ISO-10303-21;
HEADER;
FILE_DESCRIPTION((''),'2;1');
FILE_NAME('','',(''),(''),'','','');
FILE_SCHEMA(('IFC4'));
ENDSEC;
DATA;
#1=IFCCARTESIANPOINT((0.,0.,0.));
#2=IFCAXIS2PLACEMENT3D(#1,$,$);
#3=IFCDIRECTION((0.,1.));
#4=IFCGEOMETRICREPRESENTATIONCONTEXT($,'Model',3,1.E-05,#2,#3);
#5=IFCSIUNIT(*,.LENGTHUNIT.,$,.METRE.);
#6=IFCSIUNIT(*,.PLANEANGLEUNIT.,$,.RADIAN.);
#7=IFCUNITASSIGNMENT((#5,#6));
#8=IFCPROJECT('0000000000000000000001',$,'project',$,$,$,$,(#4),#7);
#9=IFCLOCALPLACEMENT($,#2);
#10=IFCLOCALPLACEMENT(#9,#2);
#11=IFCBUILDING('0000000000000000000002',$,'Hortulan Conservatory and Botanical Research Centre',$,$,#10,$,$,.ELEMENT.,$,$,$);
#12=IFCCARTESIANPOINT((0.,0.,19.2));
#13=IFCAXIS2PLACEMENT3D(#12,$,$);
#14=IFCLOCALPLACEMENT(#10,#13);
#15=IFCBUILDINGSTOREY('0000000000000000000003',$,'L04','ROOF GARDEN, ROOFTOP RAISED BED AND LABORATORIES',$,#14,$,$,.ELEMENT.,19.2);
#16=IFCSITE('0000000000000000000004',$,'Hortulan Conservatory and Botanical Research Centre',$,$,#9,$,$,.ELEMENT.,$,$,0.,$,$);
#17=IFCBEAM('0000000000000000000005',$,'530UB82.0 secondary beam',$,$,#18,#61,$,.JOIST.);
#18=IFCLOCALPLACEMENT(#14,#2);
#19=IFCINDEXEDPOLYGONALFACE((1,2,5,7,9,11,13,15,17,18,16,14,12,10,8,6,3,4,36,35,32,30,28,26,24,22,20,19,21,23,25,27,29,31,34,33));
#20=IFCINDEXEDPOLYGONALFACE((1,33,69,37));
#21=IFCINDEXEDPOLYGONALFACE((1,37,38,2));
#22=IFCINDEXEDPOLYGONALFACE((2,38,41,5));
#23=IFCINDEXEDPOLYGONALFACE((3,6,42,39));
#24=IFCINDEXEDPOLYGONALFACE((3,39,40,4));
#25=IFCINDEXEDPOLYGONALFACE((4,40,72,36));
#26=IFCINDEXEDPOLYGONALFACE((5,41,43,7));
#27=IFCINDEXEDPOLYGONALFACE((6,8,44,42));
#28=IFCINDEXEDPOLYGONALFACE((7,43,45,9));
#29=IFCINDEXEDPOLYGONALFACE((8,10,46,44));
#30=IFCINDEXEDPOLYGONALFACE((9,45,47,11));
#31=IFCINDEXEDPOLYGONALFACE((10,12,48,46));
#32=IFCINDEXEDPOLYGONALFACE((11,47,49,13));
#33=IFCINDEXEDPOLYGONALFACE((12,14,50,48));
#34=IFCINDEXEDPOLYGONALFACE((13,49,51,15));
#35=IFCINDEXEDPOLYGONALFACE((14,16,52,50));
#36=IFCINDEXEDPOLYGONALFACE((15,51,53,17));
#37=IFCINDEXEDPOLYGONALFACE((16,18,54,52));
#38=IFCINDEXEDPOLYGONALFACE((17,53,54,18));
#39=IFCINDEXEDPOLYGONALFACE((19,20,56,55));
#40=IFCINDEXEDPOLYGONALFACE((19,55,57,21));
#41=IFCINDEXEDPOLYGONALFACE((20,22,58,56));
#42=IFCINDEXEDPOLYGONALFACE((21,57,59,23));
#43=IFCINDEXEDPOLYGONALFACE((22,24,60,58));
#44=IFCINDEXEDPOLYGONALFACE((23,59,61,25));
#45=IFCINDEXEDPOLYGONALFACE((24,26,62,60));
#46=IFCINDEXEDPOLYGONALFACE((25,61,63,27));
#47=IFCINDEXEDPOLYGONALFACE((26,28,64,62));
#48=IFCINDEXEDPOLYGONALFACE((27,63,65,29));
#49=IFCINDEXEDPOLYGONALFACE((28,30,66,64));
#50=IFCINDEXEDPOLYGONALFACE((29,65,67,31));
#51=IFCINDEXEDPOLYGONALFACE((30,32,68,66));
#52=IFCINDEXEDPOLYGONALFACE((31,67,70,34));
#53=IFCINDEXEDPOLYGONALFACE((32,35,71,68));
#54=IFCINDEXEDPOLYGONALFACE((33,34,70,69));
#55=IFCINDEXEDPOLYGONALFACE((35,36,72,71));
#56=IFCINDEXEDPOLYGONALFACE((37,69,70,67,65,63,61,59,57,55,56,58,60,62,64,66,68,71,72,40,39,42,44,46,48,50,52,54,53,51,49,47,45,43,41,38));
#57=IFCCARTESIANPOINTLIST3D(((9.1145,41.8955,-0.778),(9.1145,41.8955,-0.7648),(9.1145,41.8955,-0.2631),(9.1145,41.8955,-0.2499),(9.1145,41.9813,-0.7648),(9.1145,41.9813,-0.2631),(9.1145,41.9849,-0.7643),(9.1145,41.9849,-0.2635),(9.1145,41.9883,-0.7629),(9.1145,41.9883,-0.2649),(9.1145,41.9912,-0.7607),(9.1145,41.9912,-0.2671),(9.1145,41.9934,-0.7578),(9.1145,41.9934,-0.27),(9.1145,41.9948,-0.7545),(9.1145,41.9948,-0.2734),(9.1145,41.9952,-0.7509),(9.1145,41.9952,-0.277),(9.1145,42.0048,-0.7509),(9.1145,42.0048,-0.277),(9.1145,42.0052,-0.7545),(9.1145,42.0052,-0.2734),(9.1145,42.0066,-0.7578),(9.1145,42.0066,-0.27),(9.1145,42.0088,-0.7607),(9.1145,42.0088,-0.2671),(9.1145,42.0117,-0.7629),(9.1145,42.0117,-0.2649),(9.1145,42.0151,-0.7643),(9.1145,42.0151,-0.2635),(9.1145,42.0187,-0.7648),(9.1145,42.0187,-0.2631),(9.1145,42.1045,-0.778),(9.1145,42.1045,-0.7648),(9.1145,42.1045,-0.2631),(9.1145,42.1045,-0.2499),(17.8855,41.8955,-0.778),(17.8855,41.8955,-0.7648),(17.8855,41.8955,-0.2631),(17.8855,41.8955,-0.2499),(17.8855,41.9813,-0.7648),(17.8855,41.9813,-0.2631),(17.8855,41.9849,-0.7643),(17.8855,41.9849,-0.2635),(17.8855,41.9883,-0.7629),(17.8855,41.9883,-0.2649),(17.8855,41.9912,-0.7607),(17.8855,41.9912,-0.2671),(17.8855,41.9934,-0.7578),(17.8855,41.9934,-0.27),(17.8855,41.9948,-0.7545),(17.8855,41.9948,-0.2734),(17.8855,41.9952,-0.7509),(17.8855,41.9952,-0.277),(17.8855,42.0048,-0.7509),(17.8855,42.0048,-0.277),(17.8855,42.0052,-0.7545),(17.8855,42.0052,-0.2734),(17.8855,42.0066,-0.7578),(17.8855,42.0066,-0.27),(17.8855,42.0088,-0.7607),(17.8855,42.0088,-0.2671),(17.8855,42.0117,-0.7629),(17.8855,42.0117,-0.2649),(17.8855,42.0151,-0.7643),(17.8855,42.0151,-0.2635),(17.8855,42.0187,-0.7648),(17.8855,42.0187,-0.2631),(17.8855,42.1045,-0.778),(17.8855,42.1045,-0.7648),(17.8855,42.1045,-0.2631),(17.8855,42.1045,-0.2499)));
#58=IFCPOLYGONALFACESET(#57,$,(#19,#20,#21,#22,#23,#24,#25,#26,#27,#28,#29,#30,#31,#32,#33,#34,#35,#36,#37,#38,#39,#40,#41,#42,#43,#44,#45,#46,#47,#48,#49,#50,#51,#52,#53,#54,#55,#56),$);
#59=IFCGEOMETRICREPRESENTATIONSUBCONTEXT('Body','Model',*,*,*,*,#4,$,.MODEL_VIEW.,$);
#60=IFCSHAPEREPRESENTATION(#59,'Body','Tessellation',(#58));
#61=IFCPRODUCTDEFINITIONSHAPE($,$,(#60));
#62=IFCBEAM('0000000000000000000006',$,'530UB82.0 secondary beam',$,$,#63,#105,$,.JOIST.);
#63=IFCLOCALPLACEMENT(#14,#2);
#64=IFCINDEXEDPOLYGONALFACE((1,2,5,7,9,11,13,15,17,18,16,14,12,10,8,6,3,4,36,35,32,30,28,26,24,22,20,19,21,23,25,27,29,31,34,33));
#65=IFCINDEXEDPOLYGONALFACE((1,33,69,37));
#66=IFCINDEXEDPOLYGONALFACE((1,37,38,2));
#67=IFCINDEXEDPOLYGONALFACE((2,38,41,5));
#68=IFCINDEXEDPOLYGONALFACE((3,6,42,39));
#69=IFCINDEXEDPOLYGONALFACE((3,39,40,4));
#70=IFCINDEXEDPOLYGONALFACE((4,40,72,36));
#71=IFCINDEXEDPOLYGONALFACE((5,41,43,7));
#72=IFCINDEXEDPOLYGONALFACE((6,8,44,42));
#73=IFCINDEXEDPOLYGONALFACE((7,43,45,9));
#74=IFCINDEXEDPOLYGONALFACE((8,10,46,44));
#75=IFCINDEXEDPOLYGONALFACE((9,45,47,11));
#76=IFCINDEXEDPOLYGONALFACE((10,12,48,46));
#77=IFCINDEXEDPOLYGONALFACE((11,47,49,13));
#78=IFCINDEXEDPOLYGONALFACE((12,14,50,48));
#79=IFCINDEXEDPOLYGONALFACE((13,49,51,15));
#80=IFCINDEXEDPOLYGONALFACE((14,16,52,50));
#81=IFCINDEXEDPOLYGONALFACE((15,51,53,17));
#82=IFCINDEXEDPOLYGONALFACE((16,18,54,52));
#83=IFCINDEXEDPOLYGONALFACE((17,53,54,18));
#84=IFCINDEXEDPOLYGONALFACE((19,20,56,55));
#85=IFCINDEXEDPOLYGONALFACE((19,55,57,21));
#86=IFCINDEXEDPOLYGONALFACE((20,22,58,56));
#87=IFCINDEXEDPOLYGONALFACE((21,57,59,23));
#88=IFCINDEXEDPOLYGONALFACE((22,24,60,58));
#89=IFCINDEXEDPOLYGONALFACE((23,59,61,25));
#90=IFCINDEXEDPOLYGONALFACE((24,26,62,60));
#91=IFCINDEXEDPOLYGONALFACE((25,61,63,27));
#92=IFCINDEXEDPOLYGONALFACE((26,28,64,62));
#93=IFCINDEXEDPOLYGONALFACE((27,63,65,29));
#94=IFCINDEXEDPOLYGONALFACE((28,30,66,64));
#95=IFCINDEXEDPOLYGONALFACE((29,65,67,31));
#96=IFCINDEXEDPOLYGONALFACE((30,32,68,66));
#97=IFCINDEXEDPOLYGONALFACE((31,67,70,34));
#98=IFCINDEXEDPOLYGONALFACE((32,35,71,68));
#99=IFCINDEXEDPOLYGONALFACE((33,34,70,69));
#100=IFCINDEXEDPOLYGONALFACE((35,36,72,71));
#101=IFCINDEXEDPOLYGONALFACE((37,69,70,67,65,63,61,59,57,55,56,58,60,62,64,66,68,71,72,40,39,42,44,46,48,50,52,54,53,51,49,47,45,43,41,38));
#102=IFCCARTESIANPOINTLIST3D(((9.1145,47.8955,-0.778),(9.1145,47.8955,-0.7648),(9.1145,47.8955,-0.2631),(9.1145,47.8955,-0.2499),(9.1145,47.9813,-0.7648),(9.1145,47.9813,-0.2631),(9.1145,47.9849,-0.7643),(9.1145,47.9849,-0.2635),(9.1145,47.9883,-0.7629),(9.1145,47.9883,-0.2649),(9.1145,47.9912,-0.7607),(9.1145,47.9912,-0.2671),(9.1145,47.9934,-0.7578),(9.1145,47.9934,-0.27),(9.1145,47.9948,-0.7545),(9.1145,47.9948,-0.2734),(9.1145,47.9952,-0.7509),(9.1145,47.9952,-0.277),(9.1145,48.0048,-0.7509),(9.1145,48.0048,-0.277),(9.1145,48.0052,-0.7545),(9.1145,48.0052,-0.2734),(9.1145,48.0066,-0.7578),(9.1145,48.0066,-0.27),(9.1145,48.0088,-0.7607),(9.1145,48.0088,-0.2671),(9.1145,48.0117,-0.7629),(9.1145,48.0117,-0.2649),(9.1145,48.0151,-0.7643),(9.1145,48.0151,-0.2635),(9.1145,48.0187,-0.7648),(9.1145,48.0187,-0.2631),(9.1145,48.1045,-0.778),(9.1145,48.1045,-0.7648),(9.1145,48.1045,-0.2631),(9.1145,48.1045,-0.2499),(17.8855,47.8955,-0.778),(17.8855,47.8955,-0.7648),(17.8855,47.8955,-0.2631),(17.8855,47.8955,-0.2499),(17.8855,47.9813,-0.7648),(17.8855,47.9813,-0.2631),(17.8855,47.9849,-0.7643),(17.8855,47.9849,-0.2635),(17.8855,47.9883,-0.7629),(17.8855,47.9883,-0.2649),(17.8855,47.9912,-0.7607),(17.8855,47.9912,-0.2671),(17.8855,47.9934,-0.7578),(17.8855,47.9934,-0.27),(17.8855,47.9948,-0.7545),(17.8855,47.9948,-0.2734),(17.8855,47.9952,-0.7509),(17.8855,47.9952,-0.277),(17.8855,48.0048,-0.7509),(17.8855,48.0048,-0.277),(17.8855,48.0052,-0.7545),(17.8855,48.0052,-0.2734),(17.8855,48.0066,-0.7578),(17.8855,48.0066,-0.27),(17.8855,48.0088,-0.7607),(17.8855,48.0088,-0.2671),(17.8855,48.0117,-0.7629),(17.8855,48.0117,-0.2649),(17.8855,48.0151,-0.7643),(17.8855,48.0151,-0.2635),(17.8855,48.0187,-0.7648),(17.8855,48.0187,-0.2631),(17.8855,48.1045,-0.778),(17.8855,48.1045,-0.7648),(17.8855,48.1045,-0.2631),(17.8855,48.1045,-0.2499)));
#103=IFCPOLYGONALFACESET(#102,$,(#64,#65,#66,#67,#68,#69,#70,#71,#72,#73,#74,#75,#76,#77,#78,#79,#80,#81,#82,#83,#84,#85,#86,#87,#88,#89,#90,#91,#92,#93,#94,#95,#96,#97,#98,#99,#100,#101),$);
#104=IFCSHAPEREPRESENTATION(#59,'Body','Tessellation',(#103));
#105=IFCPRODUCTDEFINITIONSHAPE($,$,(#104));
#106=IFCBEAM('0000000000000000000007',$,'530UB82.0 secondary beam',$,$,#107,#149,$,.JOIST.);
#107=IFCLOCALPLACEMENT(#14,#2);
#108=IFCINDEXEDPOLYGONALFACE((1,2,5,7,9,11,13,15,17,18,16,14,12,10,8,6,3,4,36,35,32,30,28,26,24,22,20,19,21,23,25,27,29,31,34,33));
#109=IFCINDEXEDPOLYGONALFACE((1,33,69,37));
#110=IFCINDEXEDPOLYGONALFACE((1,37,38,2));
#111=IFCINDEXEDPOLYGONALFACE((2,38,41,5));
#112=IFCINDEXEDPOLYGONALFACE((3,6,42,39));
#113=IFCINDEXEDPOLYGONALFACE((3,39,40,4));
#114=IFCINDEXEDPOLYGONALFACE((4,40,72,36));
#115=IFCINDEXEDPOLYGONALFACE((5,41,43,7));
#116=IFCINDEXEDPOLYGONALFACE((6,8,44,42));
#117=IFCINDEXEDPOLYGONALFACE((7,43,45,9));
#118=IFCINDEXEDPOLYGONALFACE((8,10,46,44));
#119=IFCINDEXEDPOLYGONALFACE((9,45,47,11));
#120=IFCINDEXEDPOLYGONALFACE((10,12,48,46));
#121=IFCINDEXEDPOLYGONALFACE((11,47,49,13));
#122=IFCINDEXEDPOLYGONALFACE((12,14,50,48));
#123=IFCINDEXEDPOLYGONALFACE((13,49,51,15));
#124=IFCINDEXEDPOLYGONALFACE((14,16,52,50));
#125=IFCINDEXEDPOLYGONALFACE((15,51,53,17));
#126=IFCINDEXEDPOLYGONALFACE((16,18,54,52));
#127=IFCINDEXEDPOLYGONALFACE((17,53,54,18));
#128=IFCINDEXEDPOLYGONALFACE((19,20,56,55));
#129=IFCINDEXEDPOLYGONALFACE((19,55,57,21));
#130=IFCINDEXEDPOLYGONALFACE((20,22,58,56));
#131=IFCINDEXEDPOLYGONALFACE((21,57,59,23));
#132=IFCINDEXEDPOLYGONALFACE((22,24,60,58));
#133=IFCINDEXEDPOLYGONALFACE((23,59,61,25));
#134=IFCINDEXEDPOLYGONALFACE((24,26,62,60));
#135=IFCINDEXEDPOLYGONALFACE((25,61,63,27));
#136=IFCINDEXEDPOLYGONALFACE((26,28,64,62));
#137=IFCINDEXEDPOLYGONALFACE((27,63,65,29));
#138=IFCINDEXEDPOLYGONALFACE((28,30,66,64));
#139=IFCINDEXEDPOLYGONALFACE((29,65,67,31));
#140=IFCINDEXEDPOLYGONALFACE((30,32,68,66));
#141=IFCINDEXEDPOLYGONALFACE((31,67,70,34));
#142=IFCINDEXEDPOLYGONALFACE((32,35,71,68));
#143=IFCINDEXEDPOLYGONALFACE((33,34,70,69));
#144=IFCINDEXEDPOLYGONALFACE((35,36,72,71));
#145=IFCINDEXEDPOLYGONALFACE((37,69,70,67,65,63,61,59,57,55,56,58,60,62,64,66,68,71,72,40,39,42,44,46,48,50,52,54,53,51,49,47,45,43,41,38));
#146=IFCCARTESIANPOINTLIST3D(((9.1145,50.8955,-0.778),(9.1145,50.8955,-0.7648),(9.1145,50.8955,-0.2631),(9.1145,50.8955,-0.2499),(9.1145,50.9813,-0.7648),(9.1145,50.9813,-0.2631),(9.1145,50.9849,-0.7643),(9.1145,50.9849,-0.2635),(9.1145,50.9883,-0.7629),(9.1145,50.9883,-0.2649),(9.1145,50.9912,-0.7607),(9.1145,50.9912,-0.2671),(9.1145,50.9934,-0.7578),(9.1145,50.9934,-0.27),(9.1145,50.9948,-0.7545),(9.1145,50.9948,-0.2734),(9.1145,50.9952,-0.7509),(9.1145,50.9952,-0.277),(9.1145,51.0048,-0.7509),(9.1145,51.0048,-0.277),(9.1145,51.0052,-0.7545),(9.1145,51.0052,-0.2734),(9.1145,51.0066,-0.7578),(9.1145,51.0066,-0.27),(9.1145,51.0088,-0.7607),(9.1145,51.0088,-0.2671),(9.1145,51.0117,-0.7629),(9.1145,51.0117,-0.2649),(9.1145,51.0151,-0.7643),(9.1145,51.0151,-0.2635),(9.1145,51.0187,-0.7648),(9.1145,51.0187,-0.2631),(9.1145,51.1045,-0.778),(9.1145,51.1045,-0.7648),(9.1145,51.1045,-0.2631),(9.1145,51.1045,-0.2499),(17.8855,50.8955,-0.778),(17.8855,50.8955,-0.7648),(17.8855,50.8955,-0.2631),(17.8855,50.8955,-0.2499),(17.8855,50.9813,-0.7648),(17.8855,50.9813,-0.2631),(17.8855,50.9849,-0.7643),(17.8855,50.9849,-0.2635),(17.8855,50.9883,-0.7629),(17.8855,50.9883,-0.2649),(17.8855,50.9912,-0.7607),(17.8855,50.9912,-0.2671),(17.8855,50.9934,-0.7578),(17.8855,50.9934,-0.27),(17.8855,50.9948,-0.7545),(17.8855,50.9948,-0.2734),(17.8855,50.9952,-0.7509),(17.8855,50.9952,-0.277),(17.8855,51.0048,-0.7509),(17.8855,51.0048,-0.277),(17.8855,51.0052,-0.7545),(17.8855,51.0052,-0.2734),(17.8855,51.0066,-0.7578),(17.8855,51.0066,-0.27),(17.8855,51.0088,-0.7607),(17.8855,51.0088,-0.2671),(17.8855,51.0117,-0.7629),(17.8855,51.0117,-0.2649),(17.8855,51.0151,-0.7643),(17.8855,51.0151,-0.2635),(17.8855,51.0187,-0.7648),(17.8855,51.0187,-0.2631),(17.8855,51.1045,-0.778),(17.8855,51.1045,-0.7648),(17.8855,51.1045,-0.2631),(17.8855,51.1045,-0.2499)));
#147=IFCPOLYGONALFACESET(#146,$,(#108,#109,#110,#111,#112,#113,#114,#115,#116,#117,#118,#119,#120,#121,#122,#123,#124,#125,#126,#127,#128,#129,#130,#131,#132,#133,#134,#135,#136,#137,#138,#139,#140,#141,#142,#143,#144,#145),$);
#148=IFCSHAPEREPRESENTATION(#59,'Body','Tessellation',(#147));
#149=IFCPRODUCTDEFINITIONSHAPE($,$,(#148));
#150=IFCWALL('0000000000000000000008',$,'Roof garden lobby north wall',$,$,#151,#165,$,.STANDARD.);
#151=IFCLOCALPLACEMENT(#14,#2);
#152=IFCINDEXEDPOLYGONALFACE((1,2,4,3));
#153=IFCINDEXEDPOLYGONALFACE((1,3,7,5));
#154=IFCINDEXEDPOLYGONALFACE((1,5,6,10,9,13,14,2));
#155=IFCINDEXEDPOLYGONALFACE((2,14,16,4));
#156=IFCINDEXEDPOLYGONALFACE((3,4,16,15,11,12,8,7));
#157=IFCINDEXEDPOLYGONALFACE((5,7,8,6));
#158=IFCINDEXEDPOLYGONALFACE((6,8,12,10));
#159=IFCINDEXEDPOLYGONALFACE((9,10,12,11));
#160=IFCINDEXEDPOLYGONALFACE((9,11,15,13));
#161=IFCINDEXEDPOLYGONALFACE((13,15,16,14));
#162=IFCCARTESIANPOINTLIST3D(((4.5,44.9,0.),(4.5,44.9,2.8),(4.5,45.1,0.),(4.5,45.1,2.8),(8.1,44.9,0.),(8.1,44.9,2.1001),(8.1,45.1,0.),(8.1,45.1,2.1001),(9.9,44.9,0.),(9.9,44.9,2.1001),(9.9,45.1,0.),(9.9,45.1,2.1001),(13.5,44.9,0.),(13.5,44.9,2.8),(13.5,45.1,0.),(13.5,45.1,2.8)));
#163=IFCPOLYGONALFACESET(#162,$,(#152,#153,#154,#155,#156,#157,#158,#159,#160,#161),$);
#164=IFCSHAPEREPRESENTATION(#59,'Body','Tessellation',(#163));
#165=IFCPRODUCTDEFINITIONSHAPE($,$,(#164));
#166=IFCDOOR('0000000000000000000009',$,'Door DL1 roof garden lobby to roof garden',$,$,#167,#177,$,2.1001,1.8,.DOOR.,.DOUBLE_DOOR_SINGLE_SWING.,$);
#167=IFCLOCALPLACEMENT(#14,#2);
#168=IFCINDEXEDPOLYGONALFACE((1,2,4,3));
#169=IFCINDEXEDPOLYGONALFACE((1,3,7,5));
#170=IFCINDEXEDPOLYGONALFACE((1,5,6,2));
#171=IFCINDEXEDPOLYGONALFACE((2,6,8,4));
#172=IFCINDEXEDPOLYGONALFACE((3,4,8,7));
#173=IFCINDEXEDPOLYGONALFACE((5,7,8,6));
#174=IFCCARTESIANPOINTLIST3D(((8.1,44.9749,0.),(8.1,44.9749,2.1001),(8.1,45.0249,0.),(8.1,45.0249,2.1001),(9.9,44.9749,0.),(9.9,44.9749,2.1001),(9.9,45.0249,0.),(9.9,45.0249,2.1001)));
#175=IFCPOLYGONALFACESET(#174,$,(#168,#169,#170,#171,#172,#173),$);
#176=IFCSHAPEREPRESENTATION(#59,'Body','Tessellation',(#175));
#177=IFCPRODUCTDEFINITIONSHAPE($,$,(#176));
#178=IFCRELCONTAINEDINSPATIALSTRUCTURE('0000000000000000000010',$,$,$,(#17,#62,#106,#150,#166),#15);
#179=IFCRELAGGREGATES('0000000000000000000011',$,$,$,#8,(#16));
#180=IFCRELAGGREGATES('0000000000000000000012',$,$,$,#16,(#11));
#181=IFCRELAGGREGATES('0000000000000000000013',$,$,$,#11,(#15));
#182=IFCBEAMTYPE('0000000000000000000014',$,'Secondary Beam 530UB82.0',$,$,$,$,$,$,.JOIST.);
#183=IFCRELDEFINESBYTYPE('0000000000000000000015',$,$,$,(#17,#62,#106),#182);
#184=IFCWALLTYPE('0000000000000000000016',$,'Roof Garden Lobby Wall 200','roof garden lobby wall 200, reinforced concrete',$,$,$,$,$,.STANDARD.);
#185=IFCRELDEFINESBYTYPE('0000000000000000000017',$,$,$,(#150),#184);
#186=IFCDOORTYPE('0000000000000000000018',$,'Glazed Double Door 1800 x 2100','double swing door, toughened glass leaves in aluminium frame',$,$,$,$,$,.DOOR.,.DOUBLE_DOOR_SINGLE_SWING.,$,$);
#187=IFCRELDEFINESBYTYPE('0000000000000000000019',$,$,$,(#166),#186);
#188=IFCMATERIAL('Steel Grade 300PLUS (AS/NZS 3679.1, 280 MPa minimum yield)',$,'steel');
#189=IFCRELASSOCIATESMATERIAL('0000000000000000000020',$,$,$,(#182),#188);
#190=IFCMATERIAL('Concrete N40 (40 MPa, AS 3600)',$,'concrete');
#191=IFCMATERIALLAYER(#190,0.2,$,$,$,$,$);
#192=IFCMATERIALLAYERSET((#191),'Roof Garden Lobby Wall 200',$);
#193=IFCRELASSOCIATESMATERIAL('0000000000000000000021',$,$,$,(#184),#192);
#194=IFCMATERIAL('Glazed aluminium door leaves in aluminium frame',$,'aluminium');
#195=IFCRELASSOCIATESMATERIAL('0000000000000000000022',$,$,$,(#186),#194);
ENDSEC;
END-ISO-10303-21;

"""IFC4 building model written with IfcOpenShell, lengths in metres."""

from ifc_helpers import new_model, si_unit, direction, frame, frame_2d, origin, origin_2d, place, context, subcontext, project, spatial, rectangle, i_section, extrude, material, layer, layer_set, material_profile, profile_set, type_object, element, fill, save


model = new_model("IFC4")

# Units and contexts
model_context = context("Model", 3, precision=1e-05, world=origin(), true_north=direction((0.0, 1.0)))
body_context = subcontext(model_context, "Body", "Model", "MODEL_VIEW")
ifc_project = project(units=[si_unit("LENGTHUNIT", "METRE"), si_unit("PLANEANGLEUNIT", "RADIAN")], contexts=[model_context])

# Site, building, storey
site_placement = place(None, origin())
site = spatial("IfcSite", under=ifc_project, at=site_placement, Name="Hortulan Conservatory and Botanical Research Centre", CompositionType="ELEMENT", RefElevation=0.0)
building_placement = place(site_placement, origin())
building = spatial("IfcBuilding", under=site, at=building_placement, Name="Hortulan Conservatory and Botanical Research Centre", CompositionType="ELEMENT")
storey_placement = place(building_placement, frame((0.0, 0.0, 19.2)))
storey = spatial("IfcBuildingStorey", under=building, at=storey_placement, Name="L04", Description="ROOF GARDEN, ROOFTOP RAISED BED AND LABORATORIES", CompositionType="ELEMENT", Elevation=19.2)

# Beams
ifc_material_1 = material(Name="Steel Grade 300PLUS (AS/NZS 3679.1, 280 MPa minimum yield)", Category="steel")
ifc_material_profile_1 = material_profile(ifc_material_1, i_section(OverallWidth=0.209, OverallDepth=0.5281, WebThickness=0.0095, FlangeThickness=0.0132, FilletRadius=0.0139, at=origin_2d()), Name="530UB82.0")
ifc_profile_set_1 = profile_set([ifc_material_profile_1], Name="Steel Grade 300PLUS (AS/NZS 3679.1, 280 MPa minimum yield)")
beam_type_1 = type_object("IfcBeamType", Name="Secondary Beam 530UB82.0", PredefinedType="JOIST", material=ifc_profile_set_1)
for number, where, z_axis, x_axis, name in (
    (1, (9.1145, 42.0, -0.5139), (1.0, 0.0, 0.0), (0.0, 1.0, 0.0), "530UB82.0 secondary beam"),
    (2, (9.1145, 48.0, -0.5139), (1.0, 0.0, 0.0), (0.0, 1.0, 0.0), "530UB82.0 secondary beam"),
    (3, (9.1145, 51.0, -0.5139), (1.0, 0.0, 0.0), (0.0, 1.0, 0.0), "530UB82.0 secondary beam"),
):
    element("IfcBeam", number, at=place(storey_placement, frame(where, z_axis=z_axis, x_axis=x_axis)), inside=storey, type_object=beam_type_1, Name=name, PredefinedType="JOIST", context=body_context, shape_type="SweptSolid", body=[
        extrude(i_section(OverallWidth=0.209, OverallDepth=0.5281, WebThickness=0.0095, FlangeThickness=0.0132, FilletRadius=0.0139, at=origin_2d()), origin(), (0.0, 0.0, 1.0), 8.771),
    ])

# Wall, opening, door
ifc_material_2 = material(Name="Concrete N40 (40 MPa, AS 3600)", Category="concrete")
ifc_layer_1 = layer(ifc_material_2, 0.2)
ifc_layer_set_1 = layer_set([ifc_layer_1], Name="Roof Garden Lobby Wall 200")
wall_type_1 = type_object("IfcWallType", Name="Roof Garden Lobby Wall 200", Description="roof garden lobby wall 200, reinforced concrete", PredefinedType="STANDARD", material=ifc_layer_set_1)
wall_1_placement = place(storey_placement, frame((4.5, 45.0, 0.0), z_axis=(0.0, 0.0, 1.0), x_axis=(1.0, 0.0, 0.0)))
wall_1 = element("IfcWall", 4, at=wall_1_placement, inside=storey, type_object=wall_type_1, Name="Roof garden lobby north wall", PredefinedType="STANDARD", context=body_context, shape_type="SweptSolid", body=[
    extrude(rectangle(XDim=9.0, YDim=0.2, at=frame_2d((4.5, 0.0))), origin(), (0.0, 0.0, 1.0), 2.8),
])
opening_1_placement = place(wall_1_placement, frame((3.6001, 0.0, 0.0)))
opening_1 = element("IfcOpeningElement", 5, at=opening_1_placement, cuts=wall_1, PredefinedType="OPENING", context=body_context, shape_type="SweptSolid", body=[
    extrude(rectangle(XDim=1.8, YDim=2.1001, at=frame_2d((0.8999, 1.05))), frame((0.0, 0.1099, 0.0), z_axis=(0.0, -1.0, 0.0), x_axis=(1.0, 0.0, 0.0)), (0.0, 0.0, 1.0), 0.22),
])
ifc_material_3 = material(Name="Glazed aluminium door leaves in aluminium frame", Category="aluminium")
door_type_1 = type_object("IfcDoorType", Name="Glazed Double Door 1800 x 2100", Description="double swing door, toughened glass leaves in aluminium frame", OperationType="DOUBLE_DOOR_SINGLE_SWING", PredefinedType="DOOR", material=ifc_material_3)
door_1_placement = place(opening_1_placement, origin())
door_1 = element("IfcDoor", 6, at=door_1_placement, inside=storey, type_object=door_type_1, Name="Door DL1 roof garden lobby to roof garden", OperationType="DOUBLE_DOOR_SINGLE_SWING", OverallHeight=2.1001, OverallWidth=1.8, PredefinedType="DOOR", context=body_context, shape_type="SweptSolid", body=[
    extrude(rectangle(XDim=1.8, YDim=2.1001, at=frame_2d((0.8999, 1.05))), frame((0.0, 0.0249, 0.0), z_axis=(0.0, -1.0, 0.0), x_axis=(1.0, 0.0, 0.0)), (0.0, 0.0, 1.0), 0.05),
])
fill(opening_1, door_1)

save(model, "model.ifc")
